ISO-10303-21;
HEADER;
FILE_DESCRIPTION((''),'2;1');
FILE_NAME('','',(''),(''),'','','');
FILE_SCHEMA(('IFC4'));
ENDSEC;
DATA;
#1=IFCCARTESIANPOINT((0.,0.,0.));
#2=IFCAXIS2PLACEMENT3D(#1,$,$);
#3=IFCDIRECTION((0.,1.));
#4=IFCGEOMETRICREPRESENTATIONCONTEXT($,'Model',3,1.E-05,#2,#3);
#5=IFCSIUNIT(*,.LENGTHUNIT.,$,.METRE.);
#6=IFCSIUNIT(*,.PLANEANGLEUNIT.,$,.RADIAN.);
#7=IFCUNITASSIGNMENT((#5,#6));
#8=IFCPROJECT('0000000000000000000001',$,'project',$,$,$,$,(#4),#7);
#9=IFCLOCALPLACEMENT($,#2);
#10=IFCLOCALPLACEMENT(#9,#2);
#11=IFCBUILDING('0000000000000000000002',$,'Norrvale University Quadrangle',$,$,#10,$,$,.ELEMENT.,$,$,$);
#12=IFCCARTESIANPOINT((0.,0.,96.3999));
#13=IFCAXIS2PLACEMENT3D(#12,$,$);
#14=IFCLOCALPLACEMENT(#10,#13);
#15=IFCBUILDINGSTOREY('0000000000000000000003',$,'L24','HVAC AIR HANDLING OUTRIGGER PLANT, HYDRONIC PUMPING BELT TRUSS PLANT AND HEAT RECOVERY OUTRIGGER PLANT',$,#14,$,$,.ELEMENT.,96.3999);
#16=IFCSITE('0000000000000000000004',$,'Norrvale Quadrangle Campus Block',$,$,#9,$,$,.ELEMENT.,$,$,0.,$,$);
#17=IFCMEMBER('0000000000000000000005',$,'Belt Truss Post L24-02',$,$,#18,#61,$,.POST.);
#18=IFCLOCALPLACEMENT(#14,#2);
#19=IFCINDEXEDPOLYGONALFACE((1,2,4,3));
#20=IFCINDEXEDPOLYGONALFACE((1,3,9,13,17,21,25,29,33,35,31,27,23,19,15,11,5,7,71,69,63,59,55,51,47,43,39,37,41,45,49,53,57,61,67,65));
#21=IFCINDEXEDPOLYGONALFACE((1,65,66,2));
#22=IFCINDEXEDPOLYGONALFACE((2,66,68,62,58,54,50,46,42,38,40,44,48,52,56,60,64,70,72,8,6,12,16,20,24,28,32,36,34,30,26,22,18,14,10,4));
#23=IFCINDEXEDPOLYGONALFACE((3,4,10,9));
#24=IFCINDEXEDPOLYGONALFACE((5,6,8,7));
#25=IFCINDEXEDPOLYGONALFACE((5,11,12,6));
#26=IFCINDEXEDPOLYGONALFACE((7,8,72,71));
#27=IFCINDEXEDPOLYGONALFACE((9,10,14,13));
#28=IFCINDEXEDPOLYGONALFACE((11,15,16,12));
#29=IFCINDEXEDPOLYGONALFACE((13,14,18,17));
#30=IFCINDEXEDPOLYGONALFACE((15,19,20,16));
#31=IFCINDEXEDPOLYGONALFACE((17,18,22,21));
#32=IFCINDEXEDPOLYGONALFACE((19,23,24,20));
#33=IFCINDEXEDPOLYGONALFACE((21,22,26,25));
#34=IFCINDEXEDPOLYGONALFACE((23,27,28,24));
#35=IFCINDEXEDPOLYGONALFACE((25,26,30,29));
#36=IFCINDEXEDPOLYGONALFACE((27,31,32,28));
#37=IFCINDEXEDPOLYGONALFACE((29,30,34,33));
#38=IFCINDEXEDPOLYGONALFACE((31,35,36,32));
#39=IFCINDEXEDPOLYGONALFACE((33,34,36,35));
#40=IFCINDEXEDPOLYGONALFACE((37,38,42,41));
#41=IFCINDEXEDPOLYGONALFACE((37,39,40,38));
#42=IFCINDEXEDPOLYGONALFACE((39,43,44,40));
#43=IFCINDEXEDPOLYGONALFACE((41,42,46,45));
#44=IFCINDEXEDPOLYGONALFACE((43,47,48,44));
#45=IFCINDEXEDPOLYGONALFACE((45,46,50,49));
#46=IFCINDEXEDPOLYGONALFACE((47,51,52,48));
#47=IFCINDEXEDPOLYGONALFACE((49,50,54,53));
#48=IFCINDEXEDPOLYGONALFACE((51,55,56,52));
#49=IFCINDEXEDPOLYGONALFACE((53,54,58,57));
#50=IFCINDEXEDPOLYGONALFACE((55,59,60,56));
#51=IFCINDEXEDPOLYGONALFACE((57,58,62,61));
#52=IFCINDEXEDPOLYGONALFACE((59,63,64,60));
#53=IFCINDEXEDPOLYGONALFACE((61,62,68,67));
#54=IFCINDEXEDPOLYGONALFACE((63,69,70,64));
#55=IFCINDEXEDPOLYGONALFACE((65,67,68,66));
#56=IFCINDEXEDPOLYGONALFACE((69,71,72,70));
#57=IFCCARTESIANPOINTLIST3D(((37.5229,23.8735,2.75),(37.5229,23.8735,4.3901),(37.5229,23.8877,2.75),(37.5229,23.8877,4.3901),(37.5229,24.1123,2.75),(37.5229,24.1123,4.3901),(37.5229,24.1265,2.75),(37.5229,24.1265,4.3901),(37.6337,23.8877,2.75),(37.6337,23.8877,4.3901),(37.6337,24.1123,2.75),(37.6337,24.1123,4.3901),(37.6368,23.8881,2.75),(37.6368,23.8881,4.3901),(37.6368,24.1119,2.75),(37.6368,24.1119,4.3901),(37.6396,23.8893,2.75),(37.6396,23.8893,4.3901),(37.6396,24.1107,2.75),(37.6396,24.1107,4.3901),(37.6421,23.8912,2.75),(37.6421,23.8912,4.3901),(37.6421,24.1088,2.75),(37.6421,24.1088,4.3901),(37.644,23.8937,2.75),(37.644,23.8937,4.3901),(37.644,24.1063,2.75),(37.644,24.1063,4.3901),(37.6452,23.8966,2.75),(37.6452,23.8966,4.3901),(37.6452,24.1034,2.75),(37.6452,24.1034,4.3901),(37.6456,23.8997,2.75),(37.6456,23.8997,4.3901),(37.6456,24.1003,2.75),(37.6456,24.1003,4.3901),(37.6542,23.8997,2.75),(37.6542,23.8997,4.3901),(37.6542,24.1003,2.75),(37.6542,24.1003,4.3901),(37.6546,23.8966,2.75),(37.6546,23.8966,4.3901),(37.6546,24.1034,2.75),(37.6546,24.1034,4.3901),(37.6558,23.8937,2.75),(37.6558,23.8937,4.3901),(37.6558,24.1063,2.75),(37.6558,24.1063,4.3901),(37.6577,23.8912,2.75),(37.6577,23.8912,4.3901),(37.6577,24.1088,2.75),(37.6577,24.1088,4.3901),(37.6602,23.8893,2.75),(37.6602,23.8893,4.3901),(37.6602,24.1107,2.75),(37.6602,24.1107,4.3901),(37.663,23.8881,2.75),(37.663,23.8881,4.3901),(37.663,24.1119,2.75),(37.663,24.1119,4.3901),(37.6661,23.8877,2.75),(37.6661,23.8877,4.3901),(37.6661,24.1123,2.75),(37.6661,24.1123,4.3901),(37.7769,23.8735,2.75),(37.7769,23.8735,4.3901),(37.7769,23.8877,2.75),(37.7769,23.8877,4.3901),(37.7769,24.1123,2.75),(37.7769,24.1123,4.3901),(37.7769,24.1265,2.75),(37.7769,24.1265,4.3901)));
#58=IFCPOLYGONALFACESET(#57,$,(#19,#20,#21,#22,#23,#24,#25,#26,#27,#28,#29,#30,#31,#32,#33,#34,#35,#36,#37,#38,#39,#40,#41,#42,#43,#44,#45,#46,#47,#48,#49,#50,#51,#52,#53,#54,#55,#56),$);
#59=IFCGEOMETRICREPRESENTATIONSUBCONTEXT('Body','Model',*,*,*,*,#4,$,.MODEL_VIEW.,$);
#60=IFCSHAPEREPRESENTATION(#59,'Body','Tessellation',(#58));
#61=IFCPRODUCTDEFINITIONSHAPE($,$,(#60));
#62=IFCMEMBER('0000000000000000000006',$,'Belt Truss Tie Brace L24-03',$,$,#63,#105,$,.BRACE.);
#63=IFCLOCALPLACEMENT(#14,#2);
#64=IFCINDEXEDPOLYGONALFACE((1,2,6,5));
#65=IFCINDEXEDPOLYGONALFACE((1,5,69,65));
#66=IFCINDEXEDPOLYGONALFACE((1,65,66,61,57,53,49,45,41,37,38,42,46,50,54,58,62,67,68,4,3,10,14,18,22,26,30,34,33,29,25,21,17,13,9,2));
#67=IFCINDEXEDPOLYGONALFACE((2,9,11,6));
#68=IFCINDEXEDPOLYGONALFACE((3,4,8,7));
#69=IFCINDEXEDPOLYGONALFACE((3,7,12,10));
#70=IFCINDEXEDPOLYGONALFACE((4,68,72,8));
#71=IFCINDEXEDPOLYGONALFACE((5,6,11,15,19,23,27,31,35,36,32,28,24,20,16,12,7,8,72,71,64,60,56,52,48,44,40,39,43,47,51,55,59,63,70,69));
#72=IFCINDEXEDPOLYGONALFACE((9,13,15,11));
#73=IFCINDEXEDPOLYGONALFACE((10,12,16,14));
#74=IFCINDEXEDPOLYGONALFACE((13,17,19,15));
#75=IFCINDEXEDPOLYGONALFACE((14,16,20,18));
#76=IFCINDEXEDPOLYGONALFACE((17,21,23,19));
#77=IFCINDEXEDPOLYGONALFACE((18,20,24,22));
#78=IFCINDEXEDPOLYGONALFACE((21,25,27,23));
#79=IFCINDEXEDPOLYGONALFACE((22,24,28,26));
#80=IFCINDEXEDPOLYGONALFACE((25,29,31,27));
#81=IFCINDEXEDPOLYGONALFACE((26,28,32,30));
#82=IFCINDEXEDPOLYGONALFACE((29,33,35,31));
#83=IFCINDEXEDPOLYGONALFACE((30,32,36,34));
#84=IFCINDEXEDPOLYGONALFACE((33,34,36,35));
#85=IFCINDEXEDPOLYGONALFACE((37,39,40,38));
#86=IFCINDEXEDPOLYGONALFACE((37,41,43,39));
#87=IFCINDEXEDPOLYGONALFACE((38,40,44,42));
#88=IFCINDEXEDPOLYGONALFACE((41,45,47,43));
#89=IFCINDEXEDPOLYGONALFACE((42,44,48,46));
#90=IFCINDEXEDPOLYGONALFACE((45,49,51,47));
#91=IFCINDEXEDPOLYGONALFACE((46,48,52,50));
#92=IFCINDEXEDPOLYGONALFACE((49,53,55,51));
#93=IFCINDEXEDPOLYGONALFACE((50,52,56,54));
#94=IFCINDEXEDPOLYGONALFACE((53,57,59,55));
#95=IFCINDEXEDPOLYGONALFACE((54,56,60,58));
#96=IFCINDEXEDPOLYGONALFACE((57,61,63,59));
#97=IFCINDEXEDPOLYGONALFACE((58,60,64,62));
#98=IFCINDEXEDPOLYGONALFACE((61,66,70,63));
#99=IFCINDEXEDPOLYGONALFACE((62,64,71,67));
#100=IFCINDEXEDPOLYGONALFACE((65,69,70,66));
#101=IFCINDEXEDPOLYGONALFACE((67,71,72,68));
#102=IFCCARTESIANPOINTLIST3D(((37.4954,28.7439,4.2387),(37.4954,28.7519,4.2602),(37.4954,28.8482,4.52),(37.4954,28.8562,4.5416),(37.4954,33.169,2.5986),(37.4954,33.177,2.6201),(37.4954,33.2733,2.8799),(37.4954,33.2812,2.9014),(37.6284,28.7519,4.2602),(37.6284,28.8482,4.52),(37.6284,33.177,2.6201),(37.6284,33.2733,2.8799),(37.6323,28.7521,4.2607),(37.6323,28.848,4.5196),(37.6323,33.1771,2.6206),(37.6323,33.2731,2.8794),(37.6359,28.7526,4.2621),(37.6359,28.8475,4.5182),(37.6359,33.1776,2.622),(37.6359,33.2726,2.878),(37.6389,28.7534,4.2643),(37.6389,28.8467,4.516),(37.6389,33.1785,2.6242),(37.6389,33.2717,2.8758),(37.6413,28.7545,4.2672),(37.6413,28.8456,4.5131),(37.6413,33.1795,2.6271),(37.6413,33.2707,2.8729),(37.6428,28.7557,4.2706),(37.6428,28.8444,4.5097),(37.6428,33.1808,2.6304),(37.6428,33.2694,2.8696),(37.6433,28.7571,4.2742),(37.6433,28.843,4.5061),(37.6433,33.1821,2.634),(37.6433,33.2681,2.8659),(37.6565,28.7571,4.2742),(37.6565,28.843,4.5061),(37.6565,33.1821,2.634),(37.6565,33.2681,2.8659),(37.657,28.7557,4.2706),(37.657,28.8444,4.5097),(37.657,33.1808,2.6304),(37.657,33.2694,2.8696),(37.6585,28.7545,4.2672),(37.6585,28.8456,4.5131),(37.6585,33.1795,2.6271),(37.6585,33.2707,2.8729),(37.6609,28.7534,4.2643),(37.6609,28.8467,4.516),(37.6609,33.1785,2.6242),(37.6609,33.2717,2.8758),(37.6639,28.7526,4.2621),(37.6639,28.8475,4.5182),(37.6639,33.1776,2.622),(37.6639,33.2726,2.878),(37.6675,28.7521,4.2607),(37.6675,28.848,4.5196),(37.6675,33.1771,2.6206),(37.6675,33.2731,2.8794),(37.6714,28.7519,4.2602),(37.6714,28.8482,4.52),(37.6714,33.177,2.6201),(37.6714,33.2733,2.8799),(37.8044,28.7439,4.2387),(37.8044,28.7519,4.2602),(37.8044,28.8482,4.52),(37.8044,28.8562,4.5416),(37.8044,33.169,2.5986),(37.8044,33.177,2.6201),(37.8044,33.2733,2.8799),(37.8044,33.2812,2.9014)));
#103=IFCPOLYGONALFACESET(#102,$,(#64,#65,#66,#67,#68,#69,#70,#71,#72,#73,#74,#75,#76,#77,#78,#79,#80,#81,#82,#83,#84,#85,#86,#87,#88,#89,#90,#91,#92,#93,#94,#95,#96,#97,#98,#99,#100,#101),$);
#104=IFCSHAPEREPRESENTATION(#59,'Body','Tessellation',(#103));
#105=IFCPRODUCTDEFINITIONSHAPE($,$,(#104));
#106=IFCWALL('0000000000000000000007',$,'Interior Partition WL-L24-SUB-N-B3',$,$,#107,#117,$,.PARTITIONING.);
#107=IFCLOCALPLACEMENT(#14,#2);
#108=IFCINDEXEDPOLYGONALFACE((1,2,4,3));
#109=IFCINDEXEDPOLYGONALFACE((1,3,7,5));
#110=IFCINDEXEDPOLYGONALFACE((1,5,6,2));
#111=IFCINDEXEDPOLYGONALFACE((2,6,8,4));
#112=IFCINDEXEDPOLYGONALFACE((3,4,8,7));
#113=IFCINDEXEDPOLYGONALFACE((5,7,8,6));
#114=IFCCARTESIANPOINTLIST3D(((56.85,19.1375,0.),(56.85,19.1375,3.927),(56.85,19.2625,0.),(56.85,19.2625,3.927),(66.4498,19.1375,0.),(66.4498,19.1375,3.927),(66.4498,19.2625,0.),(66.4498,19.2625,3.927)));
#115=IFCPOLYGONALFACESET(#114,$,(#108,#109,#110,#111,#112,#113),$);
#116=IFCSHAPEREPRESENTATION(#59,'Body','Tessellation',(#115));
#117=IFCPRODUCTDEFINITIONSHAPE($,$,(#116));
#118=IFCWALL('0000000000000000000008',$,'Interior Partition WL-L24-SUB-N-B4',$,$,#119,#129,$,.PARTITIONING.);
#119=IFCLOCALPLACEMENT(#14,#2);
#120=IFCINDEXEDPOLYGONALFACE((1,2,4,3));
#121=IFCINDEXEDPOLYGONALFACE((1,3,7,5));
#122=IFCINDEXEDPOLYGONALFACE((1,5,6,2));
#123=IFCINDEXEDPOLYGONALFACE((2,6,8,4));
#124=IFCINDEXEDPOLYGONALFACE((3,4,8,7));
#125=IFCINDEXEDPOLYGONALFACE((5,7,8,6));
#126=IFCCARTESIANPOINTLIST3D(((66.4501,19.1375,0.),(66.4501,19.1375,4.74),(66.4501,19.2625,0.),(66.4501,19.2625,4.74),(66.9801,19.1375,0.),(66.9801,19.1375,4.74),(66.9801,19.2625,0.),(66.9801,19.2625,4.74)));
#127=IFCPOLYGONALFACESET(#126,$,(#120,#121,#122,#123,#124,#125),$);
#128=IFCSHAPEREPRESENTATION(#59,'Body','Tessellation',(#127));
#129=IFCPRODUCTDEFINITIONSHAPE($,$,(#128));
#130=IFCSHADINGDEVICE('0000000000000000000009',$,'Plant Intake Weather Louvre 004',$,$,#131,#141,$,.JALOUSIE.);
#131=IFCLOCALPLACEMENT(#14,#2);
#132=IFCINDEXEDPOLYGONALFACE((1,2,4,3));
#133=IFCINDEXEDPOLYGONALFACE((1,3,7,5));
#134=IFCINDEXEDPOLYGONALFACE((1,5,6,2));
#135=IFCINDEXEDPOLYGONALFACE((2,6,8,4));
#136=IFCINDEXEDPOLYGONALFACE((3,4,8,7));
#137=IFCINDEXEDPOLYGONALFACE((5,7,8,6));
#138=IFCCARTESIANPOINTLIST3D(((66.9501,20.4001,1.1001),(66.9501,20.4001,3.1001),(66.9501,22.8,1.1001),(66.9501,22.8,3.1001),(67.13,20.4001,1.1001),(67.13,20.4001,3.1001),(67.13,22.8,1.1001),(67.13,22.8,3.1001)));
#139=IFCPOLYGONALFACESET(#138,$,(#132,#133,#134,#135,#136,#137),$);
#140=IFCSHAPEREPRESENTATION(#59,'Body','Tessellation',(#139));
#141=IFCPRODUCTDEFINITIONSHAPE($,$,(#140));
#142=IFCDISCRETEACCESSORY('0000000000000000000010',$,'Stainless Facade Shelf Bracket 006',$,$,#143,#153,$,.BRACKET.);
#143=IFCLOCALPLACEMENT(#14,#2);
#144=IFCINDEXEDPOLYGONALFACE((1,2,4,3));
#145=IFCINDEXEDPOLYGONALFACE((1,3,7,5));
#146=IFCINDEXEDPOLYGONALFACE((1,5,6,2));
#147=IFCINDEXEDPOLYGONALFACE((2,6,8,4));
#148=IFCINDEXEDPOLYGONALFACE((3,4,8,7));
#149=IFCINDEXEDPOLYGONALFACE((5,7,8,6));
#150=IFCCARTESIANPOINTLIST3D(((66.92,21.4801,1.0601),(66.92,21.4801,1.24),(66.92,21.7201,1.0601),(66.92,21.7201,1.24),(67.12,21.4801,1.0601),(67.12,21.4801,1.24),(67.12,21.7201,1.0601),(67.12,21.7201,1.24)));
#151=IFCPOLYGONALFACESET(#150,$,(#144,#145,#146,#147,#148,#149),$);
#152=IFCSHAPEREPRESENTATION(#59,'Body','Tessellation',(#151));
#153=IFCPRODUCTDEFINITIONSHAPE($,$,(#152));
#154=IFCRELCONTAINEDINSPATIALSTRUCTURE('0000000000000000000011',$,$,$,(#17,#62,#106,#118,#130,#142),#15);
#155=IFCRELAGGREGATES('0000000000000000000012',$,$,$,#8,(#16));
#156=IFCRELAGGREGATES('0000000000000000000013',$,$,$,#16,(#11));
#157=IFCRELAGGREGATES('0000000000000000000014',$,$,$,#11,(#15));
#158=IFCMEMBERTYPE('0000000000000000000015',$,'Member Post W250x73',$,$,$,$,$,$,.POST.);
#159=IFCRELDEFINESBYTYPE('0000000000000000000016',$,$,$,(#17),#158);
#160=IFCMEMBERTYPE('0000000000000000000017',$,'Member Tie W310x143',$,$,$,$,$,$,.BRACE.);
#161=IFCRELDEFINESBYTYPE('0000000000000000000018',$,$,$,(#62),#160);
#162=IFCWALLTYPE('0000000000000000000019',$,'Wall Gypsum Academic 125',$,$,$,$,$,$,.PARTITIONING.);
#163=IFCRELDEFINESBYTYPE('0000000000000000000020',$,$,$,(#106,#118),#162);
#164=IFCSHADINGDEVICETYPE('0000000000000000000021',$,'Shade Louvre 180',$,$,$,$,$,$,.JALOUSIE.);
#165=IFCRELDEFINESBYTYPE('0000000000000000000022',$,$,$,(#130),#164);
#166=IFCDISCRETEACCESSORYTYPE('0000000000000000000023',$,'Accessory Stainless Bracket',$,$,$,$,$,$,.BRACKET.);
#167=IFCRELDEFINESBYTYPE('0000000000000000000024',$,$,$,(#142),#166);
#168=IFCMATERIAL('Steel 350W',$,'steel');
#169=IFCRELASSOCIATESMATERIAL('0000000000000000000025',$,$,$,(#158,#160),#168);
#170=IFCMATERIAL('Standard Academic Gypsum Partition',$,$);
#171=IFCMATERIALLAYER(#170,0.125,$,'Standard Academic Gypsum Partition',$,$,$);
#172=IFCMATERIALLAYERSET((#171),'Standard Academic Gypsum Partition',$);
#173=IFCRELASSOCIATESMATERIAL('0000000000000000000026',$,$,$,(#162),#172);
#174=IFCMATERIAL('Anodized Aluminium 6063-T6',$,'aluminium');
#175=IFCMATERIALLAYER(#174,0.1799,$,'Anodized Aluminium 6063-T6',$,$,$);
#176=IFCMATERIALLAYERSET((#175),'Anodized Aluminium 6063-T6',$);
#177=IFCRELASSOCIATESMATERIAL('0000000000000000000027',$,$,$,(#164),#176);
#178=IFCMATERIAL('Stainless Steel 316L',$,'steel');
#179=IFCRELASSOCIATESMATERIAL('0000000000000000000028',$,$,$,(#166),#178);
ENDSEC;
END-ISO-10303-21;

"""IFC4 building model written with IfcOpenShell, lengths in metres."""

from ifc_helpers import new_model, si_unit, direction, frame, frame_2d, origin, origin_2d, place, context, subcontext, project, spatial, rectangle, i_section, extrude, material, layer, layer_set, material_profile, profile_set, type_object, element, save


model = new_model("IFC4")

# Units and contexts
model_context = context("Model", 3, precision=1e-05, world=origin(), true_north=direction((0.0, 1.0)))
body_context = subcontext(model_context, "Body", "Model", "MODEL_VIEW")
ifc_project = project(units=[si_unit("LENGTHUNIT", "METRE"), si_unit("PLANEANGLEUNIT", "RADIAN")], contexts=[model_context])

# Site, building, storey
site_placement = place(None, origin())
site = spatial("IfcSite", under=ifc_project, at=site_placement, Name="Norrvale Quadrangle Campus Block", CompositionType="ELEMENT", RefElevation=0.0)
building_placement = place(site_placement, origin())
building = spatial("IfcBuilding", under=site, at=building_placement, Name="Norrvale University Quadrangle", CompositionType="ELEMENT")
storey_placement = place(building_placement, frame((0.0, 0.0, 96.3999)))
storey = spatial("IfcBuildingStorey", under=building, at=storey_placement, Name="L24", Description="HVAC AIR HANDLING OUTRIGGER PLANT, HYDRONIC PUMPING BELT TRUSS PLANT AND HEAT RECOVERY OUTRIGGER PLANT", CompositionType="ELEMENT", Elevation=96.3999)

# Shared definitions
ifc_material_1 = material(Name="Steel 350W", Category="steel")

# Members
ifc_material_profile_1 = material_profile(ifc_material_1, i_section(OverallWidth=0.2539, OverallDepth=0.2529, WebThickness=0.0085, FlangeThickness=0.0142, FilletRadius=0.012, at=origin_2d()), Name="Steel 350W")
ifc_profile_set_1 = profile_set([ifc_material_profile_1], Name="Steel 350W")
member_type_1 = type_object("IfcMemberType", Name="Member Post W250x73", PredefinedType="POST", material=ifc_profile_set_1)
member_1_placement = place(storey_placement, frame((37.6499, 24.0, 2.75), z_axis=(0.0, 0.0, 1.0), x_axis=(1.0, 0.0, 0.0)))
element("IfcMember", 1, at=member_1_placement, inside=storey, type_object=member_type_1, Name="Belt Truss Post L24-02", PredefinedType="POST", context=body_context, shape_type="SweptSolid", body=[
    extrude(i_section(OverallWidth=0.2539, OverallDepth=0.2529, WebThickness=0.0085, FlangeThickness=0.0142, FilletRadius=0.012, at=origin_2d()), origin(), (0.0, 0.0, 1.0), 1.6401),
])
ifc_material_profile_2 = material_profile(ifc_material_1, i_section(OverallWidth=0.3091, OverallDepth=0.323, WebThickness=0.0132, FlangeThickness=0.0229, FilletRadius=0.0149, at=origin_2d()), Name="Steel 350W")
ifc_profile_set_2 = profile_set([ifc_material_profile_2], Name="Steel 350W")
member_type_2 = type_object("IfcMemberType", Name="Member Tie W310x143", PredefinedType="BRACE", material=ifc_profile_set_2)
member_2_placement = place(storey_placement, frame((37.6499, 28.8, 4.3901), z_axis=(0.0, 0.937664, -0.347543), x_axis=(-1.0, 0.0, 0.0)))
element("IfcMember", 2, at=member_2_placement, inside=storey, type_object=member_type_2, Name="Belt Truss Tie Brace L24-03", PredefinedType="BRACE", context=body_context, shape_type="SweptSolid", body=[
    extrude(i_section(OverallWidth=0.3091, OverallDepth=0.323, WebThickness=0.0132, FlangeThickness=0.0229, FilletRadius=0.0149, at=origin_2d()), origin(), (0.0, 0.0, 1.0), 4.7192),
])

# Walls
ifc_material_2 = material(Name="Standard Academic Gypsum Partition")
ifc_layer_1 = layer(ifc_material_2, 0.125, Name="Standard Academic Gypsum Partition")
ifc_layer_set_1 = layer_set([ifc_layer_1], Name="Standard Academic Gypsum Partition")
wall_type = type_object("IfcWallType", Name="Wall Gypsum Academic 125", PredefinedType="PARTITIONING", material=ifc_layer_set_1)
wall_1_placement = place(storey_placement, frame((56.8501, 19.2, 0.0), z_axis=(0.0, 0.0, 1.0), x_axis=(1.0, 0.0, 0.0)))
element("IfcWall", 3, at=wall_1_placement, inside=storey, type_object=wall_type, Name="Interior Partition WL-L24-SUB-N-B3", PredefinedType="PARTITIONING", context=body_context, shape_type="SweptSolid", body=[
    extrude(rectangle(XDim=9.5999, YDim=0.125, at=frame_2d((4.7998, 0.0))), origin(), (0.0, 0.0, 1.0), 3.927),
])
wall_2_placement = place(storey_placement, frame((66.45, 19.2, 0.0), z_axis=(0.0, 0.0, 1.0), x_axis=(1.0, 0.0, 0.0)))
element("IfcWall", 4, at=wall_2_placement, inside=storey, type_object=wall_type, Name="Interior Partition WL-L24-SUB-N-B4", PredefinedType="PARTITIONING", context=body_context, shape_type="SweptSolid", body=[
    extrude(rectangle(XDim=0.53, YDim=0.125, at=frame_2d((0.2651, 0.0))), origin(), (0.0, 0.0, 1.0), 4.74),
])

# Shading device
ifc_material_3 = material(Name="Anodized Aluminium 6063-T6", Category="aluminium")
ifc_layer_2 = layer(ifc_material_3, 0.1799, Name="Anodized Aluminium 6063-T6")
ifc_layer_set_2 = layer_set([ifc_layer_2], Name="Anodized Aluminium 6063-T6")
shading_device_type = type_object("IfcShadingDeviceType", Name="Shade Louvre 180", PredefinedType="JALOUSIE", material=ifc_layer_set_2)
shading_device_placement = place(storey_placement, frame((67.04, 21.6001, 1.1001), z_axis=(0.0, 0.0, 1.0), x_axis=(0.0, 1.0, 0.0)))
element("IfcShadingDevice", 5, at=shading_device_placement, inside=storey, type_object=shading_device_type, Name="Plant Intake Weather Louvre 004", PredefinedType="JALOUSIE", context=body_context, shape_type="SweptSolid", body=[
    extrude(rectangle(XDim=2.3999, YDim=0.1799, at=origin_2d()), origin(), (0.0, 0.0, 1.0), 2.0),
])

# Discrete accessory
ifc_material_4 = material(Name="Stainless Steel 316L", Category="steel")
discrete_accessory_type = type_object("IfcDiscreteAccessoryType", Name="Accessory Stainless Bracket", PredefinedType="BRACKET", material=ifc_material_4)
discrete_accessory_placement = place(storey_placement, frame((67.02, 21.6001, 1.0601), z_axis=(0.0, 0.0, 1.0), x_axis=(0.0, 1.0, 0.0)))
element("IfcDiscreteAccessory", 6, at=discrete_accessory_placement, inside=storey, type_object=discrete_accessory_type, Name="Stainless Facade Shelf Bracket 006", PredefinedType="BRACKET", context=body_context, shape_type="SweptSolid", body=[
    extrude(rectangle(XDim=0.24, YDim=0.2, at=origin_2d()), origin(), (0.0, 0.0, 1.0), 0.1799),
])

save(model, "model.ifc")
